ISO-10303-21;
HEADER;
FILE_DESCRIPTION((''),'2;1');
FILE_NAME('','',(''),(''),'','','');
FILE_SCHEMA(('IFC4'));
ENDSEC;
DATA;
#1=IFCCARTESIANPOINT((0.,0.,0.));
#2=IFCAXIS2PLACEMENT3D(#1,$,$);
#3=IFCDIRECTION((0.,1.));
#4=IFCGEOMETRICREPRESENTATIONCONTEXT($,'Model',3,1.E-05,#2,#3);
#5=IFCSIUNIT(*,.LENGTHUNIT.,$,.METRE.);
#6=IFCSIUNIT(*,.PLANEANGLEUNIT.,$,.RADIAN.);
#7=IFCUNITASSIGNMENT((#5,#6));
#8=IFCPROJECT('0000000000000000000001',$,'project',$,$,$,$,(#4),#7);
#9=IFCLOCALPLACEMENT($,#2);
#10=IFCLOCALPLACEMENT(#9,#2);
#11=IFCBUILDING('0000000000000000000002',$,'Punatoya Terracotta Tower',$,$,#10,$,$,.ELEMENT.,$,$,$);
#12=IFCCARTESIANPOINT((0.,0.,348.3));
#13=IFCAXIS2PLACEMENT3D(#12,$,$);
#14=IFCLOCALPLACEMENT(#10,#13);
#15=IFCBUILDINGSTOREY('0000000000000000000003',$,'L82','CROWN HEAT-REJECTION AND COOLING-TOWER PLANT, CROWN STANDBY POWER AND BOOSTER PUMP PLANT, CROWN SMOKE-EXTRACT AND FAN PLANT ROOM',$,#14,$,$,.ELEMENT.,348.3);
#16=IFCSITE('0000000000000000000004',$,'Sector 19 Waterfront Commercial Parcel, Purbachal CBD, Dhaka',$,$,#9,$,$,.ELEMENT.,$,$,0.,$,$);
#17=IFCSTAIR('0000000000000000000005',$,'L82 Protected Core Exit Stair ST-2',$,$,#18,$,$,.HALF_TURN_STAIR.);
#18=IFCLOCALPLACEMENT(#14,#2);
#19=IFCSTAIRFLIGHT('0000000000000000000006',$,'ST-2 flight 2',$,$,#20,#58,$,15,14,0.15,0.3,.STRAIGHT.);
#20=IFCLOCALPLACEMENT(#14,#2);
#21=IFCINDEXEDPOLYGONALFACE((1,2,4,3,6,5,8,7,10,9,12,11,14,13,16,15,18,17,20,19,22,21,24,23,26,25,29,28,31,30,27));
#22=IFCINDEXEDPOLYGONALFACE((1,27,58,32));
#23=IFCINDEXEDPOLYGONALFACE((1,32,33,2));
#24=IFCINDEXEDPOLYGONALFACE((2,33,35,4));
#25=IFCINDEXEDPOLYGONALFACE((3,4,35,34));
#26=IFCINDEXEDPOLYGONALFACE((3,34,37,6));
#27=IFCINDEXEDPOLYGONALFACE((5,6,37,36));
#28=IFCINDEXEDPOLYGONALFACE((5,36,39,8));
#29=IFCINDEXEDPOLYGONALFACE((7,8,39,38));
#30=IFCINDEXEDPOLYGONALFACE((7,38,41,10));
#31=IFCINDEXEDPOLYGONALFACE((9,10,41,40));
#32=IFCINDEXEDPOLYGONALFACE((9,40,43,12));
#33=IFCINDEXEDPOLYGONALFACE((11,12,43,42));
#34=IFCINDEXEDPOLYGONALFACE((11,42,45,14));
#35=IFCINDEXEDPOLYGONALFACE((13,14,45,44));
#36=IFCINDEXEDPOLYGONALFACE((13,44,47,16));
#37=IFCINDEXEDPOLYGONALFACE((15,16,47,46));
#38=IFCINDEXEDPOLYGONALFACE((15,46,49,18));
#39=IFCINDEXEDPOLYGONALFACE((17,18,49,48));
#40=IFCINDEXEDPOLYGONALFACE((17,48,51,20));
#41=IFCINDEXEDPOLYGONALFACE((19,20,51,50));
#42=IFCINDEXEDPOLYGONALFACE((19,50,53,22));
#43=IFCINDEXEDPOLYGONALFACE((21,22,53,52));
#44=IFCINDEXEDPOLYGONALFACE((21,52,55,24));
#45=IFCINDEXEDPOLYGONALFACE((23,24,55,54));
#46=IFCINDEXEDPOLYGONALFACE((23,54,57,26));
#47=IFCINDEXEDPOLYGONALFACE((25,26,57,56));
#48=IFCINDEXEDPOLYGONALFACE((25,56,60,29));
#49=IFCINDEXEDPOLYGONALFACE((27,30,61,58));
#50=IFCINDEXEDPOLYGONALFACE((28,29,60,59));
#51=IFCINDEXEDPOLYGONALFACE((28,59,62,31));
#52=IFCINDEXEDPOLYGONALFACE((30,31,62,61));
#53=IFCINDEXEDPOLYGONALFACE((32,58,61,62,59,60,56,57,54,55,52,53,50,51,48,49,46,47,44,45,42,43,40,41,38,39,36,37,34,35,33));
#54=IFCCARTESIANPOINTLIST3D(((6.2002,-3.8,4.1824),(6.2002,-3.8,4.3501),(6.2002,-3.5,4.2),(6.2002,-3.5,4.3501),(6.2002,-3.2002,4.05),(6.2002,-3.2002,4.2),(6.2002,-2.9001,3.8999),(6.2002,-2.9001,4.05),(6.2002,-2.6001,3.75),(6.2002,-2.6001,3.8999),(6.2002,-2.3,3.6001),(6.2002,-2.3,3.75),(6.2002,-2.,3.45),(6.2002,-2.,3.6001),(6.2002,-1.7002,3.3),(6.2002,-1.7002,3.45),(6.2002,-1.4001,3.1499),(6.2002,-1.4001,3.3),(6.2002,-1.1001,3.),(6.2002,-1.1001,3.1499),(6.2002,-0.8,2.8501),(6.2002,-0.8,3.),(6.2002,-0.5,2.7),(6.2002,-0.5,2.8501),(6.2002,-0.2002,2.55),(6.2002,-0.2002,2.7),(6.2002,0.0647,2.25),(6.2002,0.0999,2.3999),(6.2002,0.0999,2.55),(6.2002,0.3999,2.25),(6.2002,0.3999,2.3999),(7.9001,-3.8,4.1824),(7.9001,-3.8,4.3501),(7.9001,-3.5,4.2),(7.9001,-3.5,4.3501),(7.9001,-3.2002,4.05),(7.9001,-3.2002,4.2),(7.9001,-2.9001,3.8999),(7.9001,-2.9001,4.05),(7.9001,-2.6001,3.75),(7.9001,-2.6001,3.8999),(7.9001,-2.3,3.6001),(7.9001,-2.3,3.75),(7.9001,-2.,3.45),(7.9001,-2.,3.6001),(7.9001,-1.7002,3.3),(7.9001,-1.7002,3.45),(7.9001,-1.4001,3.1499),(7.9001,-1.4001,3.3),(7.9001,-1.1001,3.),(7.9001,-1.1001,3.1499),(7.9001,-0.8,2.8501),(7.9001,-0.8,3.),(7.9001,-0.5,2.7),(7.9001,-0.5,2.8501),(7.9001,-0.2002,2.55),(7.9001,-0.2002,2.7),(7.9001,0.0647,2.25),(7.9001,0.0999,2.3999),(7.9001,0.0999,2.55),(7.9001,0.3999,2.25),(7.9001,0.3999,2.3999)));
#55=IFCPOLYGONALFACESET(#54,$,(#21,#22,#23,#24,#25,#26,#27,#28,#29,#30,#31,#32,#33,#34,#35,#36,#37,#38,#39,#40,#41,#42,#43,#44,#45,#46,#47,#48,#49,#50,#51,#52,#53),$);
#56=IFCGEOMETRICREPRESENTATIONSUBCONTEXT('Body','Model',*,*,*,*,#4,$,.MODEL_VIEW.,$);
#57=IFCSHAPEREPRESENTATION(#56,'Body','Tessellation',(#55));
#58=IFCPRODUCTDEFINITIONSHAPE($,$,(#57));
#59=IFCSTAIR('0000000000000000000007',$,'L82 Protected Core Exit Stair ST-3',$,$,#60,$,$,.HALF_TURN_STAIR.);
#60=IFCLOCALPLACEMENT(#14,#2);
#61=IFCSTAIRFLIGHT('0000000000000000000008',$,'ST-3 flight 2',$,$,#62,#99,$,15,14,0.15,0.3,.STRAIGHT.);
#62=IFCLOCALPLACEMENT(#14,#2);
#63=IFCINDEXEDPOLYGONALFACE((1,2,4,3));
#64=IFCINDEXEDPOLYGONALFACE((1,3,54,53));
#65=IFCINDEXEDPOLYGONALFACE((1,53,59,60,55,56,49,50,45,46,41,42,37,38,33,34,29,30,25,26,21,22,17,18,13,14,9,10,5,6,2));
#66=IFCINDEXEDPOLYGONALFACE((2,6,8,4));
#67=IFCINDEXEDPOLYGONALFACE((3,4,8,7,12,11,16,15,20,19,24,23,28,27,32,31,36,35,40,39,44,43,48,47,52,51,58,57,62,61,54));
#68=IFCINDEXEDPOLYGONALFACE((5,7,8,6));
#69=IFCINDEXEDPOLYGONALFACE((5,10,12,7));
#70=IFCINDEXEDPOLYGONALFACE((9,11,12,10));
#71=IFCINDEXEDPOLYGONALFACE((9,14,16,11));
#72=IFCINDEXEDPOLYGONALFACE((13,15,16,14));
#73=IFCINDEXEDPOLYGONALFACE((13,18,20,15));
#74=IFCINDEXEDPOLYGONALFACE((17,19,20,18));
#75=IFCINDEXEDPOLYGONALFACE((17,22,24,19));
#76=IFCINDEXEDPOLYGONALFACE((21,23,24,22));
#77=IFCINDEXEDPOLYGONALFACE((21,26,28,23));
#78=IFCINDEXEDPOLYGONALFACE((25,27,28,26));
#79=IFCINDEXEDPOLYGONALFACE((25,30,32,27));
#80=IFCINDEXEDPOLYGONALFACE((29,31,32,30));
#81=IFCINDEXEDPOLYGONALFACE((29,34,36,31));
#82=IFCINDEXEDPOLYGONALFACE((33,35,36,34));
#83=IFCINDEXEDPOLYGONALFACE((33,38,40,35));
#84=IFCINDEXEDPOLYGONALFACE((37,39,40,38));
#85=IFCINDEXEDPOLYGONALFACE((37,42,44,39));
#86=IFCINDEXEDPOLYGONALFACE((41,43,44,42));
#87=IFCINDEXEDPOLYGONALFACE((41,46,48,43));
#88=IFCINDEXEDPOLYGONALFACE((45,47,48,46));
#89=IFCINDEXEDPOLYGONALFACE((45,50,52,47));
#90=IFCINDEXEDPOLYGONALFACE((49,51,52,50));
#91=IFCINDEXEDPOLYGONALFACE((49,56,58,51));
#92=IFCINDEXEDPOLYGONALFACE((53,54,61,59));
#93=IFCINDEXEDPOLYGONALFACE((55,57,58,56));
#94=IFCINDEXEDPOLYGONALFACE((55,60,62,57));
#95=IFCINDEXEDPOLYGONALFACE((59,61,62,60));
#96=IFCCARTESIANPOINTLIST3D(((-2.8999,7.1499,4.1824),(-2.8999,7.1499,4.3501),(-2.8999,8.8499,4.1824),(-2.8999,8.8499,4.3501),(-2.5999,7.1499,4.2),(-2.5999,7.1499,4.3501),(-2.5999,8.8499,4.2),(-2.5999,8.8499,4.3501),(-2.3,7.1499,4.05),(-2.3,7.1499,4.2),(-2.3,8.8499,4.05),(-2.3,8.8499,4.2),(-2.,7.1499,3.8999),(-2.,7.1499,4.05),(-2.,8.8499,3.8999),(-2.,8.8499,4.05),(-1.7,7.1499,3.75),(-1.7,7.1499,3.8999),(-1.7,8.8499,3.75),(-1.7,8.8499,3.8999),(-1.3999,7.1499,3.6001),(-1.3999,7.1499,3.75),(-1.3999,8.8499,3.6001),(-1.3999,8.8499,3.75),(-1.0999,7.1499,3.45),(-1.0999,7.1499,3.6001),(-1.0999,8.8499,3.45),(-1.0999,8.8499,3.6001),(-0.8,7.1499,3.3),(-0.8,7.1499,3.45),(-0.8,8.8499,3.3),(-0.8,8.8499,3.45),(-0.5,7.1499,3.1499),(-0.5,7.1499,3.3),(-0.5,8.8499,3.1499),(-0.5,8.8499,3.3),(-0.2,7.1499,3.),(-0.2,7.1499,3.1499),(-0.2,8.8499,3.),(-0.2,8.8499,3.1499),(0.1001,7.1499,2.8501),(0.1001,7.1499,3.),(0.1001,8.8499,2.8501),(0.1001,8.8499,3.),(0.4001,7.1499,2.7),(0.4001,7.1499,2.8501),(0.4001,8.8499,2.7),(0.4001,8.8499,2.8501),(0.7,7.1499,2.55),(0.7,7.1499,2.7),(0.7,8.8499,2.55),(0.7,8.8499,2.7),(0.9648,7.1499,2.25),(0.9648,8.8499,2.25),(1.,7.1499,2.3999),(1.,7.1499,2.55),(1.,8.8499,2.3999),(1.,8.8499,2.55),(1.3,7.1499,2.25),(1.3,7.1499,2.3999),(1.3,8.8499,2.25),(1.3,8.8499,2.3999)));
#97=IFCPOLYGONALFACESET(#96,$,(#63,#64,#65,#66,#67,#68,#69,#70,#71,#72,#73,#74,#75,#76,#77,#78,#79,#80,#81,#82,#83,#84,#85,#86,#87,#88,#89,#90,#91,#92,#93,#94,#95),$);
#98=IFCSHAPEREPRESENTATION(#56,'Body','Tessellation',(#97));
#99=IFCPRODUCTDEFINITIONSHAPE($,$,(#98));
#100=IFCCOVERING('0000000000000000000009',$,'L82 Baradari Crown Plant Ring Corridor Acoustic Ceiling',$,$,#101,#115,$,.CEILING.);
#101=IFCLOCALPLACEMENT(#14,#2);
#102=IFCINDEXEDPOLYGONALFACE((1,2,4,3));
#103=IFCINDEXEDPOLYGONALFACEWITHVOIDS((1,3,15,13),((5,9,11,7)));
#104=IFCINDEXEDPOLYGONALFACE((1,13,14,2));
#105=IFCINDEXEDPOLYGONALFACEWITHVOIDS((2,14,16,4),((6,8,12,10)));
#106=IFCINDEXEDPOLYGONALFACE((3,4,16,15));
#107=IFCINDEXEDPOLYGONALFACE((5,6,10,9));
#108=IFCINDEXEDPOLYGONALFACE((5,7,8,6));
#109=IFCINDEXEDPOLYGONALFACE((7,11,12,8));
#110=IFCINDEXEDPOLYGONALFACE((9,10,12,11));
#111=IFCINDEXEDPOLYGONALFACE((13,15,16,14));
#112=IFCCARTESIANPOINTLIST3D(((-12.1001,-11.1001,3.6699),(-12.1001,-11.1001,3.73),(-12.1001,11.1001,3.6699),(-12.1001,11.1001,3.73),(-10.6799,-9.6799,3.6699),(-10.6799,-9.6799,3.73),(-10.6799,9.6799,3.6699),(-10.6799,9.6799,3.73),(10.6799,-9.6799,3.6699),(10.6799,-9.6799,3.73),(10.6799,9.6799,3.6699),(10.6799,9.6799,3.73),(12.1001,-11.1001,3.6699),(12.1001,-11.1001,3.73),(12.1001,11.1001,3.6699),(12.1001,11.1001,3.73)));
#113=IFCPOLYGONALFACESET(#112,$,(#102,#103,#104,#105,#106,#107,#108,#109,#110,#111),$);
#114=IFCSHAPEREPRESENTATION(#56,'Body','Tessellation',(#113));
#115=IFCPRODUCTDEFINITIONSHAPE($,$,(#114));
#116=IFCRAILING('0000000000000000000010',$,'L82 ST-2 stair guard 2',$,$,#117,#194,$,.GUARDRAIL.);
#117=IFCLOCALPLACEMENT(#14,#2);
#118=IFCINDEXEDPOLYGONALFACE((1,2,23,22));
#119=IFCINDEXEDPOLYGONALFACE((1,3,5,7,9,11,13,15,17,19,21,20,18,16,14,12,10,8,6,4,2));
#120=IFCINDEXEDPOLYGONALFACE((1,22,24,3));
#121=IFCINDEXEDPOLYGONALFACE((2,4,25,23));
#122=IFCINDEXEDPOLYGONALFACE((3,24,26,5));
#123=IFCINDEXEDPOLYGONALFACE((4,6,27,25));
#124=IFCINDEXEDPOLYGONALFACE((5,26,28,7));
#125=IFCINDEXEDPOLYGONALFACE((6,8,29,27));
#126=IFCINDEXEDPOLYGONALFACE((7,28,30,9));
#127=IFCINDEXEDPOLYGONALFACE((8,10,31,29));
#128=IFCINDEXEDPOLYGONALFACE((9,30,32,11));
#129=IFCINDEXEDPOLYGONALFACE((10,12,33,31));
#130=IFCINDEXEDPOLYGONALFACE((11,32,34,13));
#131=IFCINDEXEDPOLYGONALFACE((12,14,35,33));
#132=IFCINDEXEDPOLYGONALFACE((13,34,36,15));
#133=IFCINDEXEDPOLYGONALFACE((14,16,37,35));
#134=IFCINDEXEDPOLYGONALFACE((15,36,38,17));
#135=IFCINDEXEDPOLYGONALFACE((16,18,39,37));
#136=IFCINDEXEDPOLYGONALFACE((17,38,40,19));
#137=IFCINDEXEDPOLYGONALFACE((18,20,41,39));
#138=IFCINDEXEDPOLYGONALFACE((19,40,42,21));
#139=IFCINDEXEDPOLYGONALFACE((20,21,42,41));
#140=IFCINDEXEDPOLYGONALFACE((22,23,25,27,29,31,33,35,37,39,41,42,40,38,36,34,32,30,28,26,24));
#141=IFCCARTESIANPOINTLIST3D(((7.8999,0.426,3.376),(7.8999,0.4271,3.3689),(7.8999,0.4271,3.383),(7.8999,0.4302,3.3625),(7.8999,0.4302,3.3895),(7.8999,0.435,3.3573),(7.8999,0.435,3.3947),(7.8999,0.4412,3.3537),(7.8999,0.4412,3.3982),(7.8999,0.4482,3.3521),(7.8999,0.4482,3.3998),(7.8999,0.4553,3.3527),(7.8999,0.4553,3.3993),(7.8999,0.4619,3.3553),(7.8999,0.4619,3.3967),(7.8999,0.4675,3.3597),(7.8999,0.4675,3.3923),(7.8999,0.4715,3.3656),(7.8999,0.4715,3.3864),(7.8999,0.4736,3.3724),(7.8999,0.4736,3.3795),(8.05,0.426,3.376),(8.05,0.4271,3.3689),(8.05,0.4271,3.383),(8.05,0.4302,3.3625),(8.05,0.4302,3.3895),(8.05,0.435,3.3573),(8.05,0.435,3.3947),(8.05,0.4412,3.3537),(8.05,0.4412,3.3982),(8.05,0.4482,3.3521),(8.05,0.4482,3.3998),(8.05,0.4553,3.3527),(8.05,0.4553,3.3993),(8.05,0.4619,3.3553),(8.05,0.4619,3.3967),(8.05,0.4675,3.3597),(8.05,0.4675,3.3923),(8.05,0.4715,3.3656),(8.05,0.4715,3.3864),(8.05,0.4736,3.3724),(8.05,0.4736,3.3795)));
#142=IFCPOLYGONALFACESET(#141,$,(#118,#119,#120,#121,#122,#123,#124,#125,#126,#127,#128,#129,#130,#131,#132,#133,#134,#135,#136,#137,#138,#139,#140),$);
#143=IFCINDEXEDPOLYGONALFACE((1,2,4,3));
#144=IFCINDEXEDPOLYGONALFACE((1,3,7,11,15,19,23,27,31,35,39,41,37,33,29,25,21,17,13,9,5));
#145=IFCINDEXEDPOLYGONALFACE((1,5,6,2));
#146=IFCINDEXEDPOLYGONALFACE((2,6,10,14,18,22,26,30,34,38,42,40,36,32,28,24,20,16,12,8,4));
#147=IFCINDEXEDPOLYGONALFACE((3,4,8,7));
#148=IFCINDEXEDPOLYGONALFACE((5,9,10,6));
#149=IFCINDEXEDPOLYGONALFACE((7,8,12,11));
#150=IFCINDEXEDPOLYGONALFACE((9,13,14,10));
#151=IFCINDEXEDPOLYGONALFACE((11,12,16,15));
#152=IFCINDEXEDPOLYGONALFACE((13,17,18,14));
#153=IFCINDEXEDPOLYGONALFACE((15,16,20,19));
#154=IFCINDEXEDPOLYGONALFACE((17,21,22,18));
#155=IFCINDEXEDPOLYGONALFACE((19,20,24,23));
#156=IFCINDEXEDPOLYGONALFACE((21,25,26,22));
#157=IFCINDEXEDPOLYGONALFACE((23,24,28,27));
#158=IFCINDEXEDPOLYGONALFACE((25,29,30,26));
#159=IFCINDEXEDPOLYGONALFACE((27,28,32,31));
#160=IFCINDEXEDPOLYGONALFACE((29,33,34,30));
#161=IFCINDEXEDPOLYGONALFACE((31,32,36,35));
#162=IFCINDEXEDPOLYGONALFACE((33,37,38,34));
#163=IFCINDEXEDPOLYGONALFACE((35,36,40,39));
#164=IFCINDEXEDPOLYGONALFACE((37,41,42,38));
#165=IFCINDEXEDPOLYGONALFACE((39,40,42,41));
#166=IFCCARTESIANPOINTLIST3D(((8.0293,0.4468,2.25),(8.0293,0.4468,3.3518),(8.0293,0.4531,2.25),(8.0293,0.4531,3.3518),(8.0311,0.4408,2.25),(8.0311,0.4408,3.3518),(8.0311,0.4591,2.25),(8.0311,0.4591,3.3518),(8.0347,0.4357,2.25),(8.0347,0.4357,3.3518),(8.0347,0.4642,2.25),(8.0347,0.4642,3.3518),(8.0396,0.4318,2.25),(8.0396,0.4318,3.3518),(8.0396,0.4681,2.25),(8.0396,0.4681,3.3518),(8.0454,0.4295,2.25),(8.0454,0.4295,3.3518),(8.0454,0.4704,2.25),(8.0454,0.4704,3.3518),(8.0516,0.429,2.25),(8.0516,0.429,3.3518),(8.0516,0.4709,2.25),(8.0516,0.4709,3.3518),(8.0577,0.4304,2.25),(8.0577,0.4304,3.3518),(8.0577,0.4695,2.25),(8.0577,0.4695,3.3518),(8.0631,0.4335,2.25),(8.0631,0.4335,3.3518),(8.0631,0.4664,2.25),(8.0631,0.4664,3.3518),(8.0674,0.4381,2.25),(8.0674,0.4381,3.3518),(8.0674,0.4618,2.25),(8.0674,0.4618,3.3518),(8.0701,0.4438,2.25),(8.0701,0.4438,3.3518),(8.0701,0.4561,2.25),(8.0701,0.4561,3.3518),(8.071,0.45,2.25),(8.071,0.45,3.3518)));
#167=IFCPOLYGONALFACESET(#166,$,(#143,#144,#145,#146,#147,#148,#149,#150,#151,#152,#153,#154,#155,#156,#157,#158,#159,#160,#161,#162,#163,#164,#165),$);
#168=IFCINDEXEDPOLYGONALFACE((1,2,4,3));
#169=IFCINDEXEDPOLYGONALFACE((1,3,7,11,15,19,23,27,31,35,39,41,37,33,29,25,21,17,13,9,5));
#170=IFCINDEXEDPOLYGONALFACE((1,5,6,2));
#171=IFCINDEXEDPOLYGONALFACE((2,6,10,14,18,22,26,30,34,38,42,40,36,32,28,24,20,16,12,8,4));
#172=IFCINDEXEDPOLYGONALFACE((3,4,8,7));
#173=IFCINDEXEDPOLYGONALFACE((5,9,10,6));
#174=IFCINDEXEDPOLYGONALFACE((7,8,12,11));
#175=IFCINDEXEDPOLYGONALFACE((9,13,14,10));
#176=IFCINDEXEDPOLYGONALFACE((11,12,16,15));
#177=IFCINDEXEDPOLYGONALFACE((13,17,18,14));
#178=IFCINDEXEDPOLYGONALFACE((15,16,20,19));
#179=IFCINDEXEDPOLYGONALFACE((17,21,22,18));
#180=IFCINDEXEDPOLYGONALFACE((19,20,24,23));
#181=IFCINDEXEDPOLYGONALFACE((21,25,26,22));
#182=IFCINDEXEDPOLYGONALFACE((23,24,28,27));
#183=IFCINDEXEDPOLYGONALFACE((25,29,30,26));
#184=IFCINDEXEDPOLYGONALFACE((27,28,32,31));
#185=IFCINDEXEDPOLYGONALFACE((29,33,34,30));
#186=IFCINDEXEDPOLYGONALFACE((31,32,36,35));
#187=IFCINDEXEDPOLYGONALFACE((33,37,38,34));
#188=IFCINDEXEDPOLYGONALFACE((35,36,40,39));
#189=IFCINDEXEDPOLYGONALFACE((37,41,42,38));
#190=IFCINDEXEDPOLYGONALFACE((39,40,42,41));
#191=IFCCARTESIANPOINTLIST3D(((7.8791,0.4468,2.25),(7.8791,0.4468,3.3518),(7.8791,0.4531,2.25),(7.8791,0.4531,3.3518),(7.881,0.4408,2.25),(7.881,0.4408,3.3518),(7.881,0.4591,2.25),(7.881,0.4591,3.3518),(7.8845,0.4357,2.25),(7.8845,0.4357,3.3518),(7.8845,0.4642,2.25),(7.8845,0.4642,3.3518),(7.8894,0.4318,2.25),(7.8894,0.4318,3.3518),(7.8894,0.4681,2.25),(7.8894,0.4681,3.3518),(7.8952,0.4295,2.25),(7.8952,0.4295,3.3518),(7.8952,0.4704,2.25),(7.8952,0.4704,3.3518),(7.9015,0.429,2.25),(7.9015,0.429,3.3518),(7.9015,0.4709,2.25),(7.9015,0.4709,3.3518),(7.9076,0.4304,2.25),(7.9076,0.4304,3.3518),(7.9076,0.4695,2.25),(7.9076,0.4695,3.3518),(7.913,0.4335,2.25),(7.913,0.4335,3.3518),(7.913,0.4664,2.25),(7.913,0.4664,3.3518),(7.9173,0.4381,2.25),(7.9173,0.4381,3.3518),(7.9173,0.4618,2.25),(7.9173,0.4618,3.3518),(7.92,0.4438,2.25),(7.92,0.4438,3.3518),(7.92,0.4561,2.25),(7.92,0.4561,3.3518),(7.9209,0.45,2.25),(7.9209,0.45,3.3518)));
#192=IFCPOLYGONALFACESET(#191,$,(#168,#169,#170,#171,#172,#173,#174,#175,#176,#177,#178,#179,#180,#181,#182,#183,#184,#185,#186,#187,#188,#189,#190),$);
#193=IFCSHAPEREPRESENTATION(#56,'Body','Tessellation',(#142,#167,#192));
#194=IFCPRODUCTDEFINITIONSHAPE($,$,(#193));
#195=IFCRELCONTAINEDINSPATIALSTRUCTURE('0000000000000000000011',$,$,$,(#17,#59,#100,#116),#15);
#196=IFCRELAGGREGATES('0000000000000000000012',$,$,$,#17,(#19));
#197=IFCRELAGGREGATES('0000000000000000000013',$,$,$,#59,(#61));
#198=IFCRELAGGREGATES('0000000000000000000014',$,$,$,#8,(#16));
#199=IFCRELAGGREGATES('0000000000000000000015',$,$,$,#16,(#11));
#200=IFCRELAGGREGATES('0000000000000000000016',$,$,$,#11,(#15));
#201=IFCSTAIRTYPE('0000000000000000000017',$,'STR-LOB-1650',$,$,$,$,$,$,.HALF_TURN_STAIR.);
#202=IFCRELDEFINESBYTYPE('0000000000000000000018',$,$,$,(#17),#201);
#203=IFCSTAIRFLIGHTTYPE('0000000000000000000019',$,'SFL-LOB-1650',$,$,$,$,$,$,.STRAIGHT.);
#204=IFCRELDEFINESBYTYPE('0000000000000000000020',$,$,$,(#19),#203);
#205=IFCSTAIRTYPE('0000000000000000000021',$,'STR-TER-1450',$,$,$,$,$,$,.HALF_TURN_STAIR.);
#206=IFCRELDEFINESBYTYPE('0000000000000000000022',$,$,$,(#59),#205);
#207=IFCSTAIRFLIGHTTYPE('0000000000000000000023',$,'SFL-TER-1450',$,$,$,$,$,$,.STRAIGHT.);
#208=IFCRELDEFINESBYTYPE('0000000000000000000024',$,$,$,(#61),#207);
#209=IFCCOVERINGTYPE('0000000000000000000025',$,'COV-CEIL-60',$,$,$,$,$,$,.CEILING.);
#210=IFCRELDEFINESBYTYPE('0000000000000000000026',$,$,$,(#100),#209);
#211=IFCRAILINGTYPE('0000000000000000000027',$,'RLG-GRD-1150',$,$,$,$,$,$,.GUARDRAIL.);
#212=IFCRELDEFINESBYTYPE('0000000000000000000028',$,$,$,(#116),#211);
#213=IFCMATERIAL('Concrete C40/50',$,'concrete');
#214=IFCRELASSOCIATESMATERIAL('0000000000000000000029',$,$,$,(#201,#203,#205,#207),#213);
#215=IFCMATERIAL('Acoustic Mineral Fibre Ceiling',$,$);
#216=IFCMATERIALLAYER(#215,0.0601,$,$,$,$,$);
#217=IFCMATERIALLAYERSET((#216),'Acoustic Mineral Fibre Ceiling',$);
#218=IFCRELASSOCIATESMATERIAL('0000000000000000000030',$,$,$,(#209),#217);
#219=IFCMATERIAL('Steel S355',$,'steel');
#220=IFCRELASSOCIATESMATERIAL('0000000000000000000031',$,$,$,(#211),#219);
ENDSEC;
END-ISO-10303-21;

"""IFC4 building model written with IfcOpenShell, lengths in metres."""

from ifc_helpers import new_model, si_unit, direction, frame, origin, origin_2d, place, context, subcontext, project, spatial, polyline, circle, outline, extrude, material, layer, layer_set, type_object, element, aggregate, save


model = new_model("IFC4")

# Units and contexts
model_context = context("Model", 3, precision=1e-05, world=origin(), true_north=direction((0.0, 1.0)))
body_context = subcontext(model_context, "Body", "Model", "MODEL_VIEW")
ifc_project = project(units=[si_unit("LENGTHUNIT", "METRE"), si_unit("PLANEANGLEUNIT", "RADIAN")], contexts=[model_context])

# Site, building, storey
site_placement = place(None, origin())
site = spatial("IfcSite", under=ifc_project, at=site_placement, Name="Sector 19 Waterfront Commercial Parcel, Purbachal CBD, Dhaka", CompositionType="ELEMENT", RefElevation=0.0)
building_placement = place(site_placement, origin())
building = spatial("IfcBuilding", under=site, at=building_placement, Name="Punatoya Terracotta Tower", CompositionType="ELEMENT")
storey_placement = place(building_placement, frame((0.0, 0.0, 348.3)))
storey = spatial("IfcBuildingStorey", under=building, at=storey_placement, Name="L82", Description="CROWN HEAT-REJECTION AND COOLING-TOWER PLANT, CROWN STANDBY POWER AND BOOSTER PUMP PLANT, CROWN SMOKE-EXTRACT AND FAN PLANT ROOM", CompositionType="ELEMENT", Elevation=348.3)

# Shared definitions
ifc_material_1 = material(Name="Steel S355", Category="steel")

# Shared definitions
ifc_material_2 = material(Name="Concrete C40/50", Category="concrete")

# Stairs, stair flights
stair_type_1 = type_object("IfcStairType", Name="STR-LOB-1650", PredefinedType="HALF_TURN_STAIR", material=ifc_material_2)
stair_1_placement = place(storey_placement, origin())
stair_1 = element("IfcStair", 1, at=stair_1_placement, inside=storey, type_object=stair_type_1, Name="L82 Protected Core Exit Stair ST-2", PredefinedType="HALF_TURN_STAIR")
stair_flight_type_1 = type_object("IfcStairFlightType", Name="SFL-LOB-1650", PredefinedType="STRAIGHT", material=ifc_material_2)
stair_flight_1_placement = place(storey_placement, frame((7.05, 0.3999, 2.25), z_axis=(0.0, 0.0, 1.0), x_axis=(0.0, -1.0, 0.0)))
stair_flight_1 = element("IfcStairFlight", 2, at=stair_flight_1_placement, type_object=stair_flight_type_1, Name="ST-2 flight 2", NumberOfRisers=15, NumberOfTreads=14, PredefinedType="STRAIGHT", RiserHeight=0.15, TreadLength=0.3, context=body_context, shape_type="SweptSolid", body=[
    extrude(outline(polyline([(0.0, 0.0), (0.0, 0.1499), (0.3, 0.1499), (0.3, 0.3), (0.6001, 0.3), (0.6001, 0.45), (0.8999, 0.45), (0.8999, 0.6001), (1.2, 0.6001), (1.2, 0.75), (1.5, 0.75), (1.5, 0.8999), (1.8, 0.8999), (1.8, 1.05), (2.1001, 1.05), (2.1001, 1.2), (2.3999, 1.2), (2.3999, 1.3501), (2.7, 1.3501), (2.7, 1.5), (3.0, 1.5), (3.0, 1.6499), (3.3, 1.6499), (3.3, 1.8), (3.6001, 1.8), (3.6001, 1.95), (3.8999, 1.95), (3.8999, 2.1001), (4.2, 2.1001), (4.2, 2.25), (4.2, 1.9324), (0.3352, 0.0), (0.0, 0.0)])), frame((0.0, 0.8501, 0.0), z_axis=(0.0, -1.0, 0.0), x_axis=(1.0, 0.0, 0.0)), (0.0, 0.0, 1.0), 1.7),
])
aggregate(stair_1, [stair_flight_1])
stair_type_2 = type_object("IfcStairType", Name="STR-TER-1450", PredefinedType="HALF_TURN_STAIR", material=ifc_material_2)
stair_2_placement = place(storey_placement, origin())
stair_2 = element("IfcStair", 3, at=stair_2_placement, inside=storey, type_object=stair_type_2, Name="L82 Protected Core Exit Stair ST-3", PredefinedType="HALF_TURN_STAIR")
stair_flight_type_2 = type_object("IfcStairFlightType", Name="SFL-TER-1450", PredefinedType="STRAIGHT", material=ifc_material_2)
stair_flight_2_placement = place(storey_placement, frame((1.3, 8.0, 2.25), z_axis=(0.0, 0.0, 1.0), x_axis=(-1.0, 0.0, 0.0)))
stair_flight_2 = element("IfcStairFlight", 4, at=stair_flight_2_placement, type_object=stair_flight_type_2, Name="ST-3 flight 2", NumberOfRisers=15, NumberOfTreads=14, PredefinedType="STRAIGHT", RiserHeight=0.15, TreadLength=0.3, context=body_context, shape_type="SweptSolid", body=[
    extrude(outline(polyline([(0.0, 0.0), (0.0, 0.1499), (0.3, 0.1499), (0.3, 0.3), (0.6001, 0.3), (0.6001, 0.45), (0.8999, 0.45), (0.8999, 0.6001), (1.2, 0.6001), (1.2, 0.75), (1.5, 0.75), (1.5, 0.8999), (1.8, 0.8999), (1.8, 1.05), (2.1001, 1.05), (2.1001, 1.2), (2.3999, 1.2), (2.3999, 1.3501), (2.7, 1.3501), (2.7, 1.5), (3.0, 1.5), (3.0, 1.6499), (3.3, 1.6499), (3.3, 1.8), (3.6001, 1.8), (3.6001, 1.95), (3.8999, 1.95), (3.8999, 2.1001), (4.2, 2.1001), (4.2, 2.25), (4.2, 1.9324), (0.3352, 0.0), (0.0, 0.0)])), frame((0.0, 0.8501, 0.0), z_axis=(0.0, -1.0, 0.0), x_axis=(1.0, 0.0, 0.0)), (0.0, 0.0, 1.0), 1.7),
])
aggregate(stair_2, [stair_flight_2])

# Covering
ifc_material_3 = material(Name="Acoustic Mineral Fibre Ceiling")
ifc_layer_1 = layer(ifc_material_3, 0.0601)
ifc_layer_set_1 = layer_set([ifc_layer_1], Name="Acoustic Mineral Fibre Ceiling")
covering_type = type_object("IfcCoveringType", Name="COV-CEIL-60", PredefinedType="CEILING", material=ifc_layer_set_1)
covering_placement = place(storey_placement, frame((0.0, 0.0, 3.6699)))
element("IfcCovering", 5, at=covering_placement, inside=storey, type_object=covering_type, Name="L82 Baradari Crown Plant Ring Corridor Acoustic Ceiling", PredefinedType="CEILING", context=body_context, shape_type="SweptSolid", body=[
    extrude(outline(polyline([(-12.1001, 11.1001), (-12.1001, -11.1001), (12.1001, -11.1001), (12.1001, 11.1001), (-12.1001, 11.1001)]), holes=[polyline([(-10.6799, 9.6799), (10.6799, 9.6799), (10.6799, -9.6799), (-10.6799, -9.6799), (-10.6799, 9.6799)])]), origin(), (0.0, 0.0, 1.0), 0.0601),
])

# Railing
railing_type_1 = type_object("IfcRailingType", Name="RLG-GRD-1150", PredefinedType="GUARDRAIL", material=ifc_material_1)
railing_1_placement = place(storey_placement, frame((8.05, 0.45, 2.25)))
element("IfcRailing", 6, at=railing_1_placement, inside=storey, type_object=railing_type_1, Name="L82 ST-2 stair guard 2", PredefinedType="GUARDRAIL", context=body_context, shape_type="SweptSolid", body=[
    extrude(circle(Radius=0.0239, at=origin_2d()), frame((0.0, 0.0, 1.126), z_axis=(-1.0, 0.0, 0.0), x_axis=(0.0, -1.0, 0.0)), (0.0, 0.0, 1.0), 0.1501),
    extrude(circle(Radius=0.021, at=origin_2d()), origin(), (0.0, 0.0, 1.0), 1.1018),
    extrude(circle(Radius=0.021, at=origin_2d()), frame((-0.1501, 0.0, 0.0)), (0.0, 0.0, 1.0), 1.1018),
])

save(model, "model.ifc")
